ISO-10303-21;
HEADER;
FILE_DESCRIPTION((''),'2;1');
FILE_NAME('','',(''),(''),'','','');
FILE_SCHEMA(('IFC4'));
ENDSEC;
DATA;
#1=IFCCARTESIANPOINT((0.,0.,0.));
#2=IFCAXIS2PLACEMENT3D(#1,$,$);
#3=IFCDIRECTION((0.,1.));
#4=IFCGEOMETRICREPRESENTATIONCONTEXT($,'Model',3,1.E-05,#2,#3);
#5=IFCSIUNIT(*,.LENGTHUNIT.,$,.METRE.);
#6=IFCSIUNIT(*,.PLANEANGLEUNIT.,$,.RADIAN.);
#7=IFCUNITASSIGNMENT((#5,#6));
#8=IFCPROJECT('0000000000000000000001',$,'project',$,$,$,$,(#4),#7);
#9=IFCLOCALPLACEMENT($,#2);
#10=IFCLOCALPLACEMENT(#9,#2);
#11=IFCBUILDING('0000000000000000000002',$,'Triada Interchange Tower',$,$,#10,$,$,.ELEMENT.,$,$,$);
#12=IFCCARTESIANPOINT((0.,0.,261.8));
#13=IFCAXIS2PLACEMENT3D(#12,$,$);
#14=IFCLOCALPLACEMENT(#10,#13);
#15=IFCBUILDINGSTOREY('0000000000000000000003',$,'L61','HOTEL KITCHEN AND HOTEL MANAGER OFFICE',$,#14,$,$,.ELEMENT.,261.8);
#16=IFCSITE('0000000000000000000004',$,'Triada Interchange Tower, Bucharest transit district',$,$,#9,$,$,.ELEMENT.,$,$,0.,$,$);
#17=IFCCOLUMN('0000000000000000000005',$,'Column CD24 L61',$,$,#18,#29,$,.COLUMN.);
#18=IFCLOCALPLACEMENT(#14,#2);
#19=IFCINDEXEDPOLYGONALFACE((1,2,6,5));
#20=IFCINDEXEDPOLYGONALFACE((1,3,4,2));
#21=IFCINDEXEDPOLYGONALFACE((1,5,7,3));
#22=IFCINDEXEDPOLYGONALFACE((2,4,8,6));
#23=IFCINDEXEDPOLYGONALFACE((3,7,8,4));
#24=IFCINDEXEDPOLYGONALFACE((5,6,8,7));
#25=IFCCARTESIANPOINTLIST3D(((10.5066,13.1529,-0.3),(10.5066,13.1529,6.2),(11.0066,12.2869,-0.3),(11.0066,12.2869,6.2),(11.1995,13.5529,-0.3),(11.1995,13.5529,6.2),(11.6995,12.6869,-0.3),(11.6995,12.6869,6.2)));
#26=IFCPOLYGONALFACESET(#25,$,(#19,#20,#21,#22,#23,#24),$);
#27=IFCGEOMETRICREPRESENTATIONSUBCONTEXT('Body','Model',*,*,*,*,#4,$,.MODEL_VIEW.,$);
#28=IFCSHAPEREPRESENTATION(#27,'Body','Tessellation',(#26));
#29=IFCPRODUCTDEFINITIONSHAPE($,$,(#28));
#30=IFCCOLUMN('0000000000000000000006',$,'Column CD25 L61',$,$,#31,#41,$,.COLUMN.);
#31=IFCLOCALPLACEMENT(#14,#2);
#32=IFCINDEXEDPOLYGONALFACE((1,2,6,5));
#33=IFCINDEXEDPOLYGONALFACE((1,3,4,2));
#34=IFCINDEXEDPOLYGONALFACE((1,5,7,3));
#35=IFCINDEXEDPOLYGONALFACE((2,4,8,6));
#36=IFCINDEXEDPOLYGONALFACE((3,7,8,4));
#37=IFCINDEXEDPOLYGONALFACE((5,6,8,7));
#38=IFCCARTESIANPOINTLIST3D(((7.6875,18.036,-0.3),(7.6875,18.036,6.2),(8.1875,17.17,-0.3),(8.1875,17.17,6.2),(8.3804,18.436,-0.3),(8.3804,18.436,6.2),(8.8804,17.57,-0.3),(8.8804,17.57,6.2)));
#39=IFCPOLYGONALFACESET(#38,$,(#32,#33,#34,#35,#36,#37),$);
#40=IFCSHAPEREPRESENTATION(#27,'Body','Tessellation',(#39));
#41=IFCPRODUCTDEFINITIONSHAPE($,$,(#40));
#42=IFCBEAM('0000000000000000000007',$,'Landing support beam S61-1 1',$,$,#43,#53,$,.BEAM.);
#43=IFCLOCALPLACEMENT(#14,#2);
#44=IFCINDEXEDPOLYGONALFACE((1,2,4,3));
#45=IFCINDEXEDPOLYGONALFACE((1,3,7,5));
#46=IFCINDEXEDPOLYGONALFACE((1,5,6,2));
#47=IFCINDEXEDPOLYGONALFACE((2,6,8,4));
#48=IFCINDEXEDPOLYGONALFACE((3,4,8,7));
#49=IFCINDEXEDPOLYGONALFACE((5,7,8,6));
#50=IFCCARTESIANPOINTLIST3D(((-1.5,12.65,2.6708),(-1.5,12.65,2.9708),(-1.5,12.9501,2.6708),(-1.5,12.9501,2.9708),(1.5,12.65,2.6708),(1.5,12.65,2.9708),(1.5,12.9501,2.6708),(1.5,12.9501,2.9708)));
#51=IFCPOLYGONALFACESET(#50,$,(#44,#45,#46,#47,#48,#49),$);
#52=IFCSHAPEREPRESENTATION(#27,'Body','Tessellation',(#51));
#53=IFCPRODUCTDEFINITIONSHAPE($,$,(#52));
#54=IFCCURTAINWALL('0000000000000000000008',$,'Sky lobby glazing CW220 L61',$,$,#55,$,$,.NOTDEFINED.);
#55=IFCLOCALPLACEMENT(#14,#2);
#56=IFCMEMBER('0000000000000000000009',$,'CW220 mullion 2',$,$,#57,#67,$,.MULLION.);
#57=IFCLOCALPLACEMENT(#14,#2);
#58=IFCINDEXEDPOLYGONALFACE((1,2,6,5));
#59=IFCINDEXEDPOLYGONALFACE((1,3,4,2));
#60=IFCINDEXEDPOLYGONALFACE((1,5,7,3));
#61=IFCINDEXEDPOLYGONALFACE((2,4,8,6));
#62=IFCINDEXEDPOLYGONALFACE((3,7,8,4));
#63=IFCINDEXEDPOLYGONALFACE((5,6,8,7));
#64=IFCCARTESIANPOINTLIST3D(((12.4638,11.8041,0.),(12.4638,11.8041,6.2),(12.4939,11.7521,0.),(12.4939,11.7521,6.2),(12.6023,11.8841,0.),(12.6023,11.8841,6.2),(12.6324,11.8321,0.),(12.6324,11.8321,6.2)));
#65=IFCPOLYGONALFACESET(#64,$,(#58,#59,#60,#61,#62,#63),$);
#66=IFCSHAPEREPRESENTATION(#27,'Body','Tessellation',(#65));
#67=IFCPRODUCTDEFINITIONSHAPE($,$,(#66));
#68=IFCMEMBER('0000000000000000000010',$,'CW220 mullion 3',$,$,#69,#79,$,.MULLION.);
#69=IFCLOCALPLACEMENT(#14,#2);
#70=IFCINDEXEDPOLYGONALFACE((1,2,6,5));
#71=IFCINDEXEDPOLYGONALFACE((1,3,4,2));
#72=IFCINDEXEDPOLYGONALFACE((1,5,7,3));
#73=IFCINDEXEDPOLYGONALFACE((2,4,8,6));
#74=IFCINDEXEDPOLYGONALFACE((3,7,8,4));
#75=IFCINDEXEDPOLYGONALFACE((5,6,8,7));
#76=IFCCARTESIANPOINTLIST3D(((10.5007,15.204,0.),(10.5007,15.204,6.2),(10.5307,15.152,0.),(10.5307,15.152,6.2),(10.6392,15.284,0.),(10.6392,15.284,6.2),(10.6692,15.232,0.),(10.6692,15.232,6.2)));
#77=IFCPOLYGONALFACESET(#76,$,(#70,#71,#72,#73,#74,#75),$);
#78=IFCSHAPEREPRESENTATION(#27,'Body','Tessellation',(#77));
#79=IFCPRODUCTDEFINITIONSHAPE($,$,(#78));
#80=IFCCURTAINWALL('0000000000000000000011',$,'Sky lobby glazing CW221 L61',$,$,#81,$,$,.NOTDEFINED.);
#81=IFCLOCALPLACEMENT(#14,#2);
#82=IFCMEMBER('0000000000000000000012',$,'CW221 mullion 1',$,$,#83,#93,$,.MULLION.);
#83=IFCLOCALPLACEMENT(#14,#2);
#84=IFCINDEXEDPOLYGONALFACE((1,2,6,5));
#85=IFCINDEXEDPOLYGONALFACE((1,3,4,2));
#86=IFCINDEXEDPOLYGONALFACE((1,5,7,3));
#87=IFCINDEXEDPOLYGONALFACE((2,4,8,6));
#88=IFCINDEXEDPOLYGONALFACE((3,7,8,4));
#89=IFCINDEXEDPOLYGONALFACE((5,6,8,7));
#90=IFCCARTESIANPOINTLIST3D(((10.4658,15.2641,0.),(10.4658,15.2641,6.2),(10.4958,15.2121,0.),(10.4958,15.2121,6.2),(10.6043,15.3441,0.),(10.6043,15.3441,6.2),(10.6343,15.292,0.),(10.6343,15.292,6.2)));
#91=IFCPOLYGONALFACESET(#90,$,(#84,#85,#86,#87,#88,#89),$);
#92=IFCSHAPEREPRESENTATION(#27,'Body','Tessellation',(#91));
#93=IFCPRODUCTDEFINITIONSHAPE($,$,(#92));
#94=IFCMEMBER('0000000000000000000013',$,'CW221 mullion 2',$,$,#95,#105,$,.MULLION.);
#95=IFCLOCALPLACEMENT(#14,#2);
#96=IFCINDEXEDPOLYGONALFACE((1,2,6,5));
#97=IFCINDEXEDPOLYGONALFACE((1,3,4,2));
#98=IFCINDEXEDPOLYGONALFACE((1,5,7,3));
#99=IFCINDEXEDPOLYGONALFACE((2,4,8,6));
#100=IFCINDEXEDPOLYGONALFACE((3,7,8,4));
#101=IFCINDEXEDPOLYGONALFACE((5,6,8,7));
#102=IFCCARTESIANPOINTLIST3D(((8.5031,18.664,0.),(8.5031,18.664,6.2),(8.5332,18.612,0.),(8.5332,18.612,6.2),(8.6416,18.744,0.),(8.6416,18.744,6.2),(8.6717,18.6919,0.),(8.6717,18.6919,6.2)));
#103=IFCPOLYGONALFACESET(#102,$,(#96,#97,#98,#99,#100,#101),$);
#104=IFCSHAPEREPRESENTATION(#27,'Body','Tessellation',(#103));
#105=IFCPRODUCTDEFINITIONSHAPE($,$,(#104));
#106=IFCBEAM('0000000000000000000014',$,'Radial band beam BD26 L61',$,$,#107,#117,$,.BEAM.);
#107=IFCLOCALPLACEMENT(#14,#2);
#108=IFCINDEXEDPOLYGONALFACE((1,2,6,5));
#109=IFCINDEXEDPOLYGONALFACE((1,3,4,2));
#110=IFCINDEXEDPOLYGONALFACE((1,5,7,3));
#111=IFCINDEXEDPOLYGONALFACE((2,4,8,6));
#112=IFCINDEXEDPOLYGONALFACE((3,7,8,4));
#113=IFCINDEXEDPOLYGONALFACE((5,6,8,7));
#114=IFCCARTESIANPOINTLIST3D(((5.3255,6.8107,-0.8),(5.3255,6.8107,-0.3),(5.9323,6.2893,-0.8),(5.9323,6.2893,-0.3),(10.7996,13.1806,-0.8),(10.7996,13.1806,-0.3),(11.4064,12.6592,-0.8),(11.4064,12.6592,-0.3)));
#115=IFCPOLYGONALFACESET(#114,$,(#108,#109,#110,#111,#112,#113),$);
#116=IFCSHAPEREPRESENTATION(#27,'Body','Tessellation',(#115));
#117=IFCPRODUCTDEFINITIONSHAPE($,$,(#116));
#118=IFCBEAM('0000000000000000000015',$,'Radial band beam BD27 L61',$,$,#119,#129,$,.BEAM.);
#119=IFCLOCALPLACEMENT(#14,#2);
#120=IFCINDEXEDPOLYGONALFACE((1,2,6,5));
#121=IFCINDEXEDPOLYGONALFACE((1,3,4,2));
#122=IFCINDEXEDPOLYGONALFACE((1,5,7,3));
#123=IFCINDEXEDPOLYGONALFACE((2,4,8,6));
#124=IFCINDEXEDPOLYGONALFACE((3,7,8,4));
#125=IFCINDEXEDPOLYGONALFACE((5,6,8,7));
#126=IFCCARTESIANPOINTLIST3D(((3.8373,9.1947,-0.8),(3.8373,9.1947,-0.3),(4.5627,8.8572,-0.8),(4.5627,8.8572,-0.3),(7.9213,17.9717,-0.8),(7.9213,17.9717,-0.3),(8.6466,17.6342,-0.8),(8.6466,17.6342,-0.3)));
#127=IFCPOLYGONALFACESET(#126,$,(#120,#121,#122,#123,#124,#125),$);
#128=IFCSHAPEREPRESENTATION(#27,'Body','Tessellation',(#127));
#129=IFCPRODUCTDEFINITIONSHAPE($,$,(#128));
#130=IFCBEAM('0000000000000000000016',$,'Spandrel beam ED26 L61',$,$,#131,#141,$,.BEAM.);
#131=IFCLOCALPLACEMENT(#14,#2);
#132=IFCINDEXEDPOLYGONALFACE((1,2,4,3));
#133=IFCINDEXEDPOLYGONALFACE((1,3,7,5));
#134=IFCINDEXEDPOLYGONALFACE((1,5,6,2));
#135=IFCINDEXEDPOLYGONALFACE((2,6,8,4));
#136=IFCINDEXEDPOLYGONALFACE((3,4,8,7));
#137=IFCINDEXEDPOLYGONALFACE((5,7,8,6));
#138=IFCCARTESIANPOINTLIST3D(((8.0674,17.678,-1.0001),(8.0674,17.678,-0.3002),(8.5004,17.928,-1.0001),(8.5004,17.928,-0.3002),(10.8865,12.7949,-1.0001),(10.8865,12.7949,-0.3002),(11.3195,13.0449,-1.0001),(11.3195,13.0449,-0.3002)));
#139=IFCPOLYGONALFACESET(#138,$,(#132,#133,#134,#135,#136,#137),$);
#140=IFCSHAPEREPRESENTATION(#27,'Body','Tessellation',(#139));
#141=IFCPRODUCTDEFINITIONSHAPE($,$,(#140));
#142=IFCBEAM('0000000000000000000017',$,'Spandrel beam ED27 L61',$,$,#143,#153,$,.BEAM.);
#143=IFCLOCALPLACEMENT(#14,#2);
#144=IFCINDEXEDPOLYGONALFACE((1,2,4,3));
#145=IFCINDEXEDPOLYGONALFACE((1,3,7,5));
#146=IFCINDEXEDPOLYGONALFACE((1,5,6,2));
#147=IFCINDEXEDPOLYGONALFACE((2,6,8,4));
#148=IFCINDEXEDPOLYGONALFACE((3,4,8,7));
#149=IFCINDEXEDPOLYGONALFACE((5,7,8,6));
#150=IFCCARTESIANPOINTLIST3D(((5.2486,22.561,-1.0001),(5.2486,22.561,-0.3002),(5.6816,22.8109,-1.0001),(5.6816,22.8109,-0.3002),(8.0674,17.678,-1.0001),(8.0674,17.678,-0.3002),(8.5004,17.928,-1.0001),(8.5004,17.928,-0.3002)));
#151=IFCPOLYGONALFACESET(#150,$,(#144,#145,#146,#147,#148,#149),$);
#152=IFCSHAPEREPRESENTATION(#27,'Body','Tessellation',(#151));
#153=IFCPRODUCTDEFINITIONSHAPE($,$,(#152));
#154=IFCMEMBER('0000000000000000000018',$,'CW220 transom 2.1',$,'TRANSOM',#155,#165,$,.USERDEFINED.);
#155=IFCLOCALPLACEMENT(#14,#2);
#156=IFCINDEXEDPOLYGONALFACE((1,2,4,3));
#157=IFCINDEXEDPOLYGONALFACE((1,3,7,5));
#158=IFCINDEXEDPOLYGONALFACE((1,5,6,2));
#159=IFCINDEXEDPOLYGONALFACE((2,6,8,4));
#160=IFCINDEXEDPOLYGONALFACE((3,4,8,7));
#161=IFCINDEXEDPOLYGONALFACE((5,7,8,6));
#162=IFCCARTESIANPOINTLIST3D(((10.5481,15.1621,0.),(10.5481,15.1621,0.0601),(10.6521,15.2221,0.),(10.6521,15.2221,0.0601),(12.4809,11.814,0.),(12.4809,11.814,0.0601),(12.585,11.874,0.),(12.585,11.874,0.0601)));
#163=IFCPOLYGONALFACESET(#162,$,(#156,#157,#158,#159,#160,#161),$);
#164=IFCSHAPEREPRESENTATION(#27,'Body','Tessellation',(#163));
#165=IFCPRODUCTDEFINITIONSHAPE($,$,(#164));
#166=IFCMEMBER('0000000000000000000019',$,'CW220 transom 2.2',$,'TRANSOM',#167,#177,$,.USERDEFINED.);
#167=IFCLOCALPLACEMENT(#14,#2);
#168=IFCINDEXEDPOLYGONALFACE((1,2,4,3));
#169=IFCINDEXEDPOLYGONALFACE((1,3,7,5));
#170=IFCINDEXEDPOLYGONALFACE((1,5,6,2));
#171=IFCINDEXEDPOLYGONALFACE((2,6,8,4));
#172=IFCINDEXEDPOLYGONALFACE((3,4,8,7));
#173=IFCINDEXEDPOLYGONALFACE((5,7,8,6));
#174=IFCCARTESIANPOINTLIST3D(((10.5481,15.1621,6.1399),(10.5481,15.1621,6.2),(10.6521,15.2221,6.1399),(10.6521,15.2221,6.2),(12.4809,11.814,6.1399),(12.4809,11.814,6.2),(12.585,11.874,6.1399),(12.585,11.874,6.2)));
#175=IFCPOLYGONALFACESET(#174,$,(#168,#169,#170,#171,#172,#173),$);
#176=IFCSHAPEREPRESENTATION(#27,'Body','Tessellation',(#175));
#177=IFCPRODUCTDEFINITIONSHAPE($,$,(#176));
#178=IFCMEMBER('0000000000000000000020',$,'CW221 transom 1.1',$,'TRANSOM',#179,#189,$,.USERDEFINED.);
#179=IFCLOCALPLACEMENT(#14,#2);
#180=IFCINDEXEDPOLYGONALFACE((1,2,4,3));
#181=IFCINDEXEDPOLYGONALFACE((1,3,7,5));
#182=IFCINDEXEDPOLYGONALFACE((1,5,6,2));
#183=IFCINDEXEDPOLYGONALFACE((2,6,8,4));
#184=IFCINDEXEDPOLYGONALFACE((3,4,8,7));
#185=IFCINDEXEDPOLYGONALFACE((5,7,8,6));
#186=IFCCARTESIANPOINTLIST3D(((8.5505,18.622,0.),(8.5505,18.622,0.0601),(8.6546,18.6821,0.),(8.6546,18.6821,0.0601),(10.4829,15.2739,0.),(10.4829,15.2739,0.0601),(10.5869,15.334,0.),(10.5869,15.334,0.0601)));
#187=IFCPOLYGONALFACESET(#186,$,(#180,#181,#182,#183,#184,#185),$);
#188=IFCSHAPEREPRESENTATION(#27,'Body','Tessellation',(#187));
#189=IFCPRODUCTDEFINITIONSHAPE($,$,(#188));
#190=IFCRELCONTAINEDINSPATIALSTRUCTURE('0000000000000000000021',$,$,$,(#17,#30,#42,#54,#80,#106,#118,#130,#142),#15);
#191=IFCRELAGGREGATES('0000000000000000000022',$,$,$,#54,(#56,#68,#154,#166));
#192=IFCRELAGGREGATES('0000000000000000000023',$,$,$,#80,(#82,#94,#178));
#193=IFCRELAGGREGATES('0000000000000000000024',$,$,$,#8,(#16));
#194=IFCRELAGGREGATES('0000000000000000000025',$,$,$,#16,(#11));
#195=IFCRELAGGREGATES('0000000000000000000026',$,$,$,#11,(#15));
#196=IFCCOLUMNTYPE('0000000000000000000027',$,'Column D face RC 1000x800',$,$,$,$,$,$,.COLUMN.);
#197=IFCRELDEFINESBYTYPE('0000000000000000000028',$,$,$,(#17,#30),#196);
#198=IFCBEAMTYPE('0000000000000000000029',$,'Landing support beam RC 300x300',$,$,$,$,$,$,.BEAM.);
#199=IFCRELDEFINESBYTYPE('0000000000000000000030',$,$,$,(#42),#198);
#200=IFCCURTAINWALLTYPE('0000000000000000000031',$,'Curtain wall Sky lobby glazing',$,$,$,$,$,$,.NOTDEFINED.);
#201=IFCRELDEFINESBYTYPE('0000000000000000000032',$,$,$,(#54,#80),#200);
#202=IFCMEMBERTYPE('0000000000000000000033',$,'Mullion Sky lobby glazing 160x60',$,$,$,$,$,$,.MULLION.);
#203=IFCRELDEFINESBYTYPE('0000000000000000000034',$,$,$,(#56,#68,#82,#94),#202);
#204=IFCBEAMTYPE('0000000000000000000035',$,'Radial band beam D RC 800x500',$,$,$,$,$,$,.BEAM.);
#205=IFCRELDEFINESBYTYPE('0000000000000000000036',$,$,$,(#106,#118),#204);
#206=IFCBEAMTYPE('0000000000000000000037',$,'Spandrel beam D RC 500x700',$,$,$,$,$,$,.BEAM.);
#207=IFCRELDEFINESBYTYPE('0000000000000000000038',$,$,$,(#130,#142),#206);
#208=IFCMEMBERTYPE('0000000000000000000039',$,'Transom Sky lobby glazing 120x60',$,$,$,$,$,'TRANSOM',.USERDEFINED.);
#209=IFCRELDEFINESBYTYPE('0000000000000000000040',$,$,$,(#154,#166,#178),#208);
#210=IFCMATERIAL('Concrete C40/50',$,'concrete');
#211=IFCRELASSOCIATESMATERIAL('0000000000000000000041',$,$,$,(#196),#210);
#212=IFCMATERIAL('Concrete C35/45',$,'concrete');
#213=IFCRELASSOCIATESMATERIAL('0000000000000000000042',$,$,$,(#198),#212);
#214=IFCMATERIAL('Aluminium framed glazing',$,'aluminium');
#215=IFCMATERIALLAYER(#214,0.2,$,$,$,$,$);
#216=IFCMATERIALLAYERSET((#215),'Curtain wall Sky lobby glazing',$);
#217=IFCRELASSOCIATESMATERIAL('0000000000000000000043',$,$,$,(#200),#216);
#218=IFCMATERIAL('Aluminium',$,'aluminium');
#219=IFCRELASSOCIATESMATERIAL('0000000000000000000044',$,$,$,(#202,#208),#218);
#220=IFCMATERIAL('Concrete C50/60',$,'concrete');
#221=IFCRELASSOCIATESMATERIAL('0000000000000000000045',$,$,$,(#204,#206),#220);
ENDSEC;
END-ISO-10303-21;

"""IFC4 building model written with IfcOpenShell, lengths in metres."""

from ifc_helpers import new_model, si_unit, direction, frame, origin, origin_2d, place, context, subcontext, project, spatial, rectangle, extrude, material, layer, layer_set, material_profile, profile_set, type_object, element, aggregate, save


model = new_model("IFC4")

# Units and contexts
model_context = context("Model", 3, precision=1e-05, world=origin(), true_north=direction((0.0, 1.0)))
body_context = subcontext(model_context, "Body", "Model", "MODEL_VIEW")
ifc_project = project(units=[si_unit("LENGTHUNIT", "METRE"), si_unit("PLANEANGLEUNIT", "RADIAN")], contexts=[model_context])

# Site, building, storey
site_placement = place(None, origin())
site = spatial("IfcSite", under=ifc_project, at=site_placement, Name="Triada Interchange Tower, Bucharest transit district", CompositionType="ELEMENT", RefElevation=0.0)
building_placement = place(site_placement, origin())
building = spatial("IfcBuilding", under=site, at=building_placement, Name="Triada Interchange Tower", CompositionType="ELEMENT")
storey_placement = place(building_placement, frame((0.0, 0.0, 261.8)))
storey = spatial("IfcBuildingStorey", under=building, at=storey_placement, Name="L61", Description="HOTEL KITCHEN AND HOTEL MANAGER OFFICE", CompositionType="ELEMENT", Elevation=261.8)

# Columns
ifc_material_1 = material(Name="Concrete C40/50", Category="concrete")
ifc_material_profile_1 = material_profile(ifc_material_1, rectangle(XDim=1.0, YDim=0.8, at=origin_2d()), Name="RC 1000x800")
ifc_profile_set_1 = profile_set([ifc_material_profile_1], Name="Concrete C40/50")
column_type = type_object("IfcColumnType", Name="Column D face RC 1000x800", PredefinedType="COLUMN", material=ifc_profile_set_1)
for number, where, z_axis, x_axis, name in (
    (1, (11.103, 12.9199, -0.3), (0.0, 0.0, 1.0), (-0.5, 0.866025, 0.0), "Column CD24 L61"),
    (2, (8.2839, 17.803, -0.3), (0.0, 0.0, 1.0), (-0.5, 0.866025, 0.0), "Column CD25 L61"),
):
    element("IfcColumn", number, at=place(storey_placement, frame(where, z_axis=z_axis, x_axis=x_axis)), inside=storey, type_object=column_type, Name=name, PredefinedType="COLUMN", context=body_context, shape_type="SweptSolid", body=[
        extrude(rectangle(XDim=1.0, YDim=0.8, at=origin_2d()), origin(), (0.0, 0.0, 1.0), 6.5),
    ])

# Beam
ifc_material_2 = material(Name="Concrete C35/45", Category="concrete")
ifc_material_profile_2 = material_profile(ifc_material_2, rectangle(XDim=0.3, YDim=0.3, at=origin_2d()), Name="RC 300x300")
ifc_profile_set_2 = profile_set([ifc_material_profile_2], Name="Concrete C35/45")
beam_type_1 = type_object("IfcBeamType", Name="Landing support beam RC 300x300", PredefinedType="BEAM", material=ifc_profile_set_2)
beam_1_placement = place(storey_placement, frame((1.5, 12.8, 2.8208), z_axis=(-1.0, 0.0, 0.0), x_axis=(0.0, -1.0, 0.0)))
element("IfcBeam", 3, at=beam_1_placement, inside=storey, type_object=beam_type_1, Name="Landing support beam S61-1 1", PredefinedType="BEAM", context=body_context, shape_type="SweptSolid", body=[
    extrude(rectangle(XDim=0.3, YDim=0.3, at=origin_2d()), origin(), (0.0, 0.0, 1.0), 3.0),
])

# Curtain walls, members
ifc_material_3 = material(Name="Aluminium framed glazing", Category="aluminium")
ifc_layer_1 = layer(ifc_material_3, 0.2)
ifc_layer_set_1 = layer_set([ifc_layer_1], Name="Curtain wall Sky lobby glazing")
curtain_wall_type = type_object("IfcCurtainWallType", Name="Curtain wall Sky lobby glazing", PredefinedType="NOTDEFINED", material=ifc_layer_set_1)
curtain_wall_1_placement = place(storey_placement, origin())
curtain_wall_1 = element("IfcCurtainWall", 4, at=curtain_wall_1_placement, inside=storey, type_object=curtain_wall_type, Name="Sky lobby glazing CW220 L61", PredefinedType="NOTDEFINED")
ifc_material_4 = material(Name="Aluminium", Category="aluminium")
ifc_material_profile_3 = material_profile(ifc_material_4, rectangle(XDim=0.1599, YDim=0.0601, at=origin_2d()), Name="Aluminium mullion")
ifc_profile_set_3 = profile_set([ifc_material_profile_3], Name="Aluminium")
member_type_1 = type_object("IfcMemberType", Name="Mullion Sky lobby glazing 160x60", PredefinedType="MULLION", material=ifc_profile_set_3)
member_1_placement = place(storey_placement, frame((12.5481, 11.8181, 0.0), z_axis=(0.0, 0.0, 1.0), x_axis=(-0.866026, -0.5, 0.0)))
member_1 = element("IfcMember", 5, at=member_1_placement, type_object=member_type_1, Name="CW220 mullion 2", PredefinedType="MULLION", context=body_context, shape_type="SweptSolid", body=[
    extrude(rectangle(XDim=0.1599, YDim=0.0601, at=origin_2d()), origin(), (0.0, 0.0, 1.0), 6.2),
])
member_2_placement = place(storey_placement, frame((10.585, 15.218, 0.0), z_axis=(0.0, 0.0, 1.0), x_axis=(-0.866026, -0.5, 0.0)))
member_2 = element("IfcMember", 6, at=member_2_placement, type_object=member_type_1, Name="CW220 mullion 3", PredefinedType="MULLION", context=body_context, shape_type="SweptSolid", body=[
    extrude(rectangle(XDim=0.1599, YDim=0.0601, at=origin_2d()), origin(), (0.0, 0.0, 1.0), 6.2),
])
curtain_wall_2_placement = place(storey_placement, origin())
curtain_wall_2 = element("IfcCurtainWall", 7, at=curtain_wall_2_placement, inside=storey, type_object=curtain_wall_type, Name="Sky lobby glazing CW221 L61", PredefinedType="NOTDEFINED")
member_3_placement = place(storey_placement, frame((10.55, 15.2781, 0.0), z_axis=(0.0, 0.0, 1.0), x_axis=(-0.86608, -0.499905, 0.0)))
member_3 = element("IfcMember", 8, at=member_3_placement, type_object=member_type_1, Name="CW221 mullion 1", PredefinedType="MULLION", context=body_context, shape_type="SweptSolid", body=[
    extrude(rectangle(XDim=0.1599, YDim=0.0601, at=origin_2d()), origin(), (0.0, 0.0, 1.0), 6.2),
])
member_4_placement = place(storey_placement, frame((8.5874, 18.678, 0.0), z_axis=(0.0, 0.0, 1.0), x_axis=(-0.86608, -0.499905, 0.0)))
member_4 = element("IfcMember", 9, at=member_4_placement, type_object=member_type_1, Name="CW221 mullion 2", PredefinedType="MULLION", context=body_context, shape_type="SweptSolid", body=[
    extrude(rectangle(XDim=0.1599, YDim=0.0601, at=origin_2d()), origin(), (0.0, 0.0, 1.0), 6.2),
])

# Beams
ifc_material_5 = material(Name="Concrete C50/60", Category="concrete")
ifc_material_profile_4 = material_profile(ifc_material_5, rectangle(XDim=0.8, YDim=0.5, at=origin_2d()), Name="RC 800x500")
ifc_profile_set_4 = profile_set([ifc_material_profile_4], Name="Concrete C50/60")
beam_type_2 = type_object("IfcBeamType", Name="Radial band beam D RC 800x500", PredefinedType="BEAM", material=ifc_profile_set_4)
beam_2_placement = place(storey_placement, frame((11.103, 12.9199, -0.55), z_axis=(-0.651768, -0.758419, 0.0), x_axis=(0.758419, -0.651768, 0.0)))
element("IfcBeam", 10, at=beam_2_placement, inside=storey, type_object=beam_type_2, Name="Radial band beam BD26 L61", PredefinedType="BEAM", context=body_context, shape_type="SweptSolid", body=[
    extrude(rectangle(XDim=0.8, YDim=0.5, at=origin_2d()), origin(), (0.0, 0.0, 1.0), 8.3989),
])
beam_3_placement = place(storey_placement, frame((8.2839, 17.803, -0.55), z_axis=(-0.421868, -0.906657, 0.0), x_axis=(0.906657, -0.421868, 0.0)))
element("IfcBeam", 11, at=beam_3_placement, inside=storey, type_object=beam_type_2, Name="Radial band beam BD27 L61", PredefinedType="BEAM", context=body_context, shape_type="SweptSolid", body=[
    extrude(rectangle(XDim=0.8, YDim=0.5, at=origin_2d()), origin(), (0.0, 0.0, 1.0), 9.6807),
])
ifc_material_profile_5 = material_profile(ifc_material_5, rectangle(XDim=0.5, YDim=0.7, at=origin_2d()), Name="RC 500x700")
ifc_profile_set_5 = profile_set([ifc_material_profile_5], Name="Concrete C50/60")
beam_type_3 = type_object("IfcBeamType", Name="Spandrel beam D RC 500x700", PredefinedType="BEAM", material=ifc_profile_set_5)
beam_4_placement = place(storey_placement, frame((11.103, 12.9199, -0.6501), z_axis=(-0.499981, 0.866036, 0.0), x_axis=(-0.866036, -0.499981, 0.0)))
element("IfcBeam", 12, at=beam_4_placement, inside=storey, type_object=beam_type_3, Name="Spandrel beam ED26 L61", PredefinedType="BEAM", context=body_context, shape_type="SweptSolid", body=[
    extrude(rectangle(XDim=0.5, YDim=0.7, at=origin_2d()), origin(), (0.0, 0.0, 1.0), 5.6384),
])
beam_5_placement = place(storey_placement, frame((8.2839, 17.803, -0.6501), z_axis=(-0.499949, 0.866055, 0.0), x_axis=(-0.866055, -0.499949, 0.0)))
element("IfcBeam", 13, at=beam_5_placement, inside=storey, type_object=beam_type_3, Name="Spandrel beam ED27 L61", PredefinedType="BEAM", context=body_context, shape_type="SweptSolid", body=[
    extrude(rectangle(XDim=0.5, YDim=0.7, at=origin_2d()), origin(), (0.0, 0.0, 1.0), 5.6382),
])

# Members
ifc_material_profile_6 = material_profile(ifc_material_4, rectangle(XDim=0.1201, YDim=0.0601, at=origin_2d()), Name="Aluminium transom")
ifc_profile_set_6 = profile_set([ifc_material_profile_6], Name="Aluminium")
member_type_2 = type_object("IfcMemberType", Name="Transom Sky lobby glazing 120x60", ElementType="TRANSOM", PredefinedType="USERDEFINED", material=ifc_profile_set_6)
member_5_placement = place(storey_placement, frame((12.533, 11.844, 0.03), z_axis=(-0.499963, 0.866047, 0.0), x_axis=(-0.866047, -0.499963, 0.0)))
member_5 = element("IfcMember", 14, at=member_5_placement, type_object=member_type_2, Name="CW220 transom 2.1", ObjectType="TRANSOM", PredefinedType="USERDEFINED", context=body_context, shape_type="SweptSolid", body=[
    extrude(rectangle(XDim=0.1201, YDim=0.0601, at=origin_2d()), origin(), (0.0, 0.0, 1.0), 3.866),
])
member_6_placement = place(storey_placement, frame((12.533, 11.844, 6.1699), z_axis=(-0.499963, 0.866047, 0.0), x_axis=(-0.866047, -0.499963, 0.0)))
member_6 = element("IfcMember", 15, at=member_6_placement, type_object=member_type_2, Name="CW220 transom 2.2", ObjectType="TRANSOM", PredefinedType="USERDEFINED", context=body_context, shape_type="SweptSolid", body=[
    extrude(rectangle(XDim=0.1201, YDim=0.0601, at=origin_2d()), origin(), (0.0, 0.0, 1.0), 3.866),
])
member_7_placement = place(storey_placement, frame((10.5349, 15.304, 0.03), z_axis=(-0.499868, 0.866101, 0.0), x_axis=(-0.866101, -0.499868, 0.0)))
member_7 = element("IfcMember", 16, at=member_7_placement, type_object=member_type_2, Name="CW221 transom 1.1", ObjectType="TRANSOM", PredefinedType="USERDEFINED", context=body_context, shape_type="SweptSolid", body=[
    extrude(rectangle(XDim=0.1201, YDim=0.0601, at=origin_2d()), origin(), (0.0, 0.0, 1.0), 3.8657),
])

aggregate(curtain_wall_1, [member_1, member_2, member_5, member_6])
aggregate(curtain_wall_2, [member_3, member_4, member_7])

save(model, "model.ifc")
